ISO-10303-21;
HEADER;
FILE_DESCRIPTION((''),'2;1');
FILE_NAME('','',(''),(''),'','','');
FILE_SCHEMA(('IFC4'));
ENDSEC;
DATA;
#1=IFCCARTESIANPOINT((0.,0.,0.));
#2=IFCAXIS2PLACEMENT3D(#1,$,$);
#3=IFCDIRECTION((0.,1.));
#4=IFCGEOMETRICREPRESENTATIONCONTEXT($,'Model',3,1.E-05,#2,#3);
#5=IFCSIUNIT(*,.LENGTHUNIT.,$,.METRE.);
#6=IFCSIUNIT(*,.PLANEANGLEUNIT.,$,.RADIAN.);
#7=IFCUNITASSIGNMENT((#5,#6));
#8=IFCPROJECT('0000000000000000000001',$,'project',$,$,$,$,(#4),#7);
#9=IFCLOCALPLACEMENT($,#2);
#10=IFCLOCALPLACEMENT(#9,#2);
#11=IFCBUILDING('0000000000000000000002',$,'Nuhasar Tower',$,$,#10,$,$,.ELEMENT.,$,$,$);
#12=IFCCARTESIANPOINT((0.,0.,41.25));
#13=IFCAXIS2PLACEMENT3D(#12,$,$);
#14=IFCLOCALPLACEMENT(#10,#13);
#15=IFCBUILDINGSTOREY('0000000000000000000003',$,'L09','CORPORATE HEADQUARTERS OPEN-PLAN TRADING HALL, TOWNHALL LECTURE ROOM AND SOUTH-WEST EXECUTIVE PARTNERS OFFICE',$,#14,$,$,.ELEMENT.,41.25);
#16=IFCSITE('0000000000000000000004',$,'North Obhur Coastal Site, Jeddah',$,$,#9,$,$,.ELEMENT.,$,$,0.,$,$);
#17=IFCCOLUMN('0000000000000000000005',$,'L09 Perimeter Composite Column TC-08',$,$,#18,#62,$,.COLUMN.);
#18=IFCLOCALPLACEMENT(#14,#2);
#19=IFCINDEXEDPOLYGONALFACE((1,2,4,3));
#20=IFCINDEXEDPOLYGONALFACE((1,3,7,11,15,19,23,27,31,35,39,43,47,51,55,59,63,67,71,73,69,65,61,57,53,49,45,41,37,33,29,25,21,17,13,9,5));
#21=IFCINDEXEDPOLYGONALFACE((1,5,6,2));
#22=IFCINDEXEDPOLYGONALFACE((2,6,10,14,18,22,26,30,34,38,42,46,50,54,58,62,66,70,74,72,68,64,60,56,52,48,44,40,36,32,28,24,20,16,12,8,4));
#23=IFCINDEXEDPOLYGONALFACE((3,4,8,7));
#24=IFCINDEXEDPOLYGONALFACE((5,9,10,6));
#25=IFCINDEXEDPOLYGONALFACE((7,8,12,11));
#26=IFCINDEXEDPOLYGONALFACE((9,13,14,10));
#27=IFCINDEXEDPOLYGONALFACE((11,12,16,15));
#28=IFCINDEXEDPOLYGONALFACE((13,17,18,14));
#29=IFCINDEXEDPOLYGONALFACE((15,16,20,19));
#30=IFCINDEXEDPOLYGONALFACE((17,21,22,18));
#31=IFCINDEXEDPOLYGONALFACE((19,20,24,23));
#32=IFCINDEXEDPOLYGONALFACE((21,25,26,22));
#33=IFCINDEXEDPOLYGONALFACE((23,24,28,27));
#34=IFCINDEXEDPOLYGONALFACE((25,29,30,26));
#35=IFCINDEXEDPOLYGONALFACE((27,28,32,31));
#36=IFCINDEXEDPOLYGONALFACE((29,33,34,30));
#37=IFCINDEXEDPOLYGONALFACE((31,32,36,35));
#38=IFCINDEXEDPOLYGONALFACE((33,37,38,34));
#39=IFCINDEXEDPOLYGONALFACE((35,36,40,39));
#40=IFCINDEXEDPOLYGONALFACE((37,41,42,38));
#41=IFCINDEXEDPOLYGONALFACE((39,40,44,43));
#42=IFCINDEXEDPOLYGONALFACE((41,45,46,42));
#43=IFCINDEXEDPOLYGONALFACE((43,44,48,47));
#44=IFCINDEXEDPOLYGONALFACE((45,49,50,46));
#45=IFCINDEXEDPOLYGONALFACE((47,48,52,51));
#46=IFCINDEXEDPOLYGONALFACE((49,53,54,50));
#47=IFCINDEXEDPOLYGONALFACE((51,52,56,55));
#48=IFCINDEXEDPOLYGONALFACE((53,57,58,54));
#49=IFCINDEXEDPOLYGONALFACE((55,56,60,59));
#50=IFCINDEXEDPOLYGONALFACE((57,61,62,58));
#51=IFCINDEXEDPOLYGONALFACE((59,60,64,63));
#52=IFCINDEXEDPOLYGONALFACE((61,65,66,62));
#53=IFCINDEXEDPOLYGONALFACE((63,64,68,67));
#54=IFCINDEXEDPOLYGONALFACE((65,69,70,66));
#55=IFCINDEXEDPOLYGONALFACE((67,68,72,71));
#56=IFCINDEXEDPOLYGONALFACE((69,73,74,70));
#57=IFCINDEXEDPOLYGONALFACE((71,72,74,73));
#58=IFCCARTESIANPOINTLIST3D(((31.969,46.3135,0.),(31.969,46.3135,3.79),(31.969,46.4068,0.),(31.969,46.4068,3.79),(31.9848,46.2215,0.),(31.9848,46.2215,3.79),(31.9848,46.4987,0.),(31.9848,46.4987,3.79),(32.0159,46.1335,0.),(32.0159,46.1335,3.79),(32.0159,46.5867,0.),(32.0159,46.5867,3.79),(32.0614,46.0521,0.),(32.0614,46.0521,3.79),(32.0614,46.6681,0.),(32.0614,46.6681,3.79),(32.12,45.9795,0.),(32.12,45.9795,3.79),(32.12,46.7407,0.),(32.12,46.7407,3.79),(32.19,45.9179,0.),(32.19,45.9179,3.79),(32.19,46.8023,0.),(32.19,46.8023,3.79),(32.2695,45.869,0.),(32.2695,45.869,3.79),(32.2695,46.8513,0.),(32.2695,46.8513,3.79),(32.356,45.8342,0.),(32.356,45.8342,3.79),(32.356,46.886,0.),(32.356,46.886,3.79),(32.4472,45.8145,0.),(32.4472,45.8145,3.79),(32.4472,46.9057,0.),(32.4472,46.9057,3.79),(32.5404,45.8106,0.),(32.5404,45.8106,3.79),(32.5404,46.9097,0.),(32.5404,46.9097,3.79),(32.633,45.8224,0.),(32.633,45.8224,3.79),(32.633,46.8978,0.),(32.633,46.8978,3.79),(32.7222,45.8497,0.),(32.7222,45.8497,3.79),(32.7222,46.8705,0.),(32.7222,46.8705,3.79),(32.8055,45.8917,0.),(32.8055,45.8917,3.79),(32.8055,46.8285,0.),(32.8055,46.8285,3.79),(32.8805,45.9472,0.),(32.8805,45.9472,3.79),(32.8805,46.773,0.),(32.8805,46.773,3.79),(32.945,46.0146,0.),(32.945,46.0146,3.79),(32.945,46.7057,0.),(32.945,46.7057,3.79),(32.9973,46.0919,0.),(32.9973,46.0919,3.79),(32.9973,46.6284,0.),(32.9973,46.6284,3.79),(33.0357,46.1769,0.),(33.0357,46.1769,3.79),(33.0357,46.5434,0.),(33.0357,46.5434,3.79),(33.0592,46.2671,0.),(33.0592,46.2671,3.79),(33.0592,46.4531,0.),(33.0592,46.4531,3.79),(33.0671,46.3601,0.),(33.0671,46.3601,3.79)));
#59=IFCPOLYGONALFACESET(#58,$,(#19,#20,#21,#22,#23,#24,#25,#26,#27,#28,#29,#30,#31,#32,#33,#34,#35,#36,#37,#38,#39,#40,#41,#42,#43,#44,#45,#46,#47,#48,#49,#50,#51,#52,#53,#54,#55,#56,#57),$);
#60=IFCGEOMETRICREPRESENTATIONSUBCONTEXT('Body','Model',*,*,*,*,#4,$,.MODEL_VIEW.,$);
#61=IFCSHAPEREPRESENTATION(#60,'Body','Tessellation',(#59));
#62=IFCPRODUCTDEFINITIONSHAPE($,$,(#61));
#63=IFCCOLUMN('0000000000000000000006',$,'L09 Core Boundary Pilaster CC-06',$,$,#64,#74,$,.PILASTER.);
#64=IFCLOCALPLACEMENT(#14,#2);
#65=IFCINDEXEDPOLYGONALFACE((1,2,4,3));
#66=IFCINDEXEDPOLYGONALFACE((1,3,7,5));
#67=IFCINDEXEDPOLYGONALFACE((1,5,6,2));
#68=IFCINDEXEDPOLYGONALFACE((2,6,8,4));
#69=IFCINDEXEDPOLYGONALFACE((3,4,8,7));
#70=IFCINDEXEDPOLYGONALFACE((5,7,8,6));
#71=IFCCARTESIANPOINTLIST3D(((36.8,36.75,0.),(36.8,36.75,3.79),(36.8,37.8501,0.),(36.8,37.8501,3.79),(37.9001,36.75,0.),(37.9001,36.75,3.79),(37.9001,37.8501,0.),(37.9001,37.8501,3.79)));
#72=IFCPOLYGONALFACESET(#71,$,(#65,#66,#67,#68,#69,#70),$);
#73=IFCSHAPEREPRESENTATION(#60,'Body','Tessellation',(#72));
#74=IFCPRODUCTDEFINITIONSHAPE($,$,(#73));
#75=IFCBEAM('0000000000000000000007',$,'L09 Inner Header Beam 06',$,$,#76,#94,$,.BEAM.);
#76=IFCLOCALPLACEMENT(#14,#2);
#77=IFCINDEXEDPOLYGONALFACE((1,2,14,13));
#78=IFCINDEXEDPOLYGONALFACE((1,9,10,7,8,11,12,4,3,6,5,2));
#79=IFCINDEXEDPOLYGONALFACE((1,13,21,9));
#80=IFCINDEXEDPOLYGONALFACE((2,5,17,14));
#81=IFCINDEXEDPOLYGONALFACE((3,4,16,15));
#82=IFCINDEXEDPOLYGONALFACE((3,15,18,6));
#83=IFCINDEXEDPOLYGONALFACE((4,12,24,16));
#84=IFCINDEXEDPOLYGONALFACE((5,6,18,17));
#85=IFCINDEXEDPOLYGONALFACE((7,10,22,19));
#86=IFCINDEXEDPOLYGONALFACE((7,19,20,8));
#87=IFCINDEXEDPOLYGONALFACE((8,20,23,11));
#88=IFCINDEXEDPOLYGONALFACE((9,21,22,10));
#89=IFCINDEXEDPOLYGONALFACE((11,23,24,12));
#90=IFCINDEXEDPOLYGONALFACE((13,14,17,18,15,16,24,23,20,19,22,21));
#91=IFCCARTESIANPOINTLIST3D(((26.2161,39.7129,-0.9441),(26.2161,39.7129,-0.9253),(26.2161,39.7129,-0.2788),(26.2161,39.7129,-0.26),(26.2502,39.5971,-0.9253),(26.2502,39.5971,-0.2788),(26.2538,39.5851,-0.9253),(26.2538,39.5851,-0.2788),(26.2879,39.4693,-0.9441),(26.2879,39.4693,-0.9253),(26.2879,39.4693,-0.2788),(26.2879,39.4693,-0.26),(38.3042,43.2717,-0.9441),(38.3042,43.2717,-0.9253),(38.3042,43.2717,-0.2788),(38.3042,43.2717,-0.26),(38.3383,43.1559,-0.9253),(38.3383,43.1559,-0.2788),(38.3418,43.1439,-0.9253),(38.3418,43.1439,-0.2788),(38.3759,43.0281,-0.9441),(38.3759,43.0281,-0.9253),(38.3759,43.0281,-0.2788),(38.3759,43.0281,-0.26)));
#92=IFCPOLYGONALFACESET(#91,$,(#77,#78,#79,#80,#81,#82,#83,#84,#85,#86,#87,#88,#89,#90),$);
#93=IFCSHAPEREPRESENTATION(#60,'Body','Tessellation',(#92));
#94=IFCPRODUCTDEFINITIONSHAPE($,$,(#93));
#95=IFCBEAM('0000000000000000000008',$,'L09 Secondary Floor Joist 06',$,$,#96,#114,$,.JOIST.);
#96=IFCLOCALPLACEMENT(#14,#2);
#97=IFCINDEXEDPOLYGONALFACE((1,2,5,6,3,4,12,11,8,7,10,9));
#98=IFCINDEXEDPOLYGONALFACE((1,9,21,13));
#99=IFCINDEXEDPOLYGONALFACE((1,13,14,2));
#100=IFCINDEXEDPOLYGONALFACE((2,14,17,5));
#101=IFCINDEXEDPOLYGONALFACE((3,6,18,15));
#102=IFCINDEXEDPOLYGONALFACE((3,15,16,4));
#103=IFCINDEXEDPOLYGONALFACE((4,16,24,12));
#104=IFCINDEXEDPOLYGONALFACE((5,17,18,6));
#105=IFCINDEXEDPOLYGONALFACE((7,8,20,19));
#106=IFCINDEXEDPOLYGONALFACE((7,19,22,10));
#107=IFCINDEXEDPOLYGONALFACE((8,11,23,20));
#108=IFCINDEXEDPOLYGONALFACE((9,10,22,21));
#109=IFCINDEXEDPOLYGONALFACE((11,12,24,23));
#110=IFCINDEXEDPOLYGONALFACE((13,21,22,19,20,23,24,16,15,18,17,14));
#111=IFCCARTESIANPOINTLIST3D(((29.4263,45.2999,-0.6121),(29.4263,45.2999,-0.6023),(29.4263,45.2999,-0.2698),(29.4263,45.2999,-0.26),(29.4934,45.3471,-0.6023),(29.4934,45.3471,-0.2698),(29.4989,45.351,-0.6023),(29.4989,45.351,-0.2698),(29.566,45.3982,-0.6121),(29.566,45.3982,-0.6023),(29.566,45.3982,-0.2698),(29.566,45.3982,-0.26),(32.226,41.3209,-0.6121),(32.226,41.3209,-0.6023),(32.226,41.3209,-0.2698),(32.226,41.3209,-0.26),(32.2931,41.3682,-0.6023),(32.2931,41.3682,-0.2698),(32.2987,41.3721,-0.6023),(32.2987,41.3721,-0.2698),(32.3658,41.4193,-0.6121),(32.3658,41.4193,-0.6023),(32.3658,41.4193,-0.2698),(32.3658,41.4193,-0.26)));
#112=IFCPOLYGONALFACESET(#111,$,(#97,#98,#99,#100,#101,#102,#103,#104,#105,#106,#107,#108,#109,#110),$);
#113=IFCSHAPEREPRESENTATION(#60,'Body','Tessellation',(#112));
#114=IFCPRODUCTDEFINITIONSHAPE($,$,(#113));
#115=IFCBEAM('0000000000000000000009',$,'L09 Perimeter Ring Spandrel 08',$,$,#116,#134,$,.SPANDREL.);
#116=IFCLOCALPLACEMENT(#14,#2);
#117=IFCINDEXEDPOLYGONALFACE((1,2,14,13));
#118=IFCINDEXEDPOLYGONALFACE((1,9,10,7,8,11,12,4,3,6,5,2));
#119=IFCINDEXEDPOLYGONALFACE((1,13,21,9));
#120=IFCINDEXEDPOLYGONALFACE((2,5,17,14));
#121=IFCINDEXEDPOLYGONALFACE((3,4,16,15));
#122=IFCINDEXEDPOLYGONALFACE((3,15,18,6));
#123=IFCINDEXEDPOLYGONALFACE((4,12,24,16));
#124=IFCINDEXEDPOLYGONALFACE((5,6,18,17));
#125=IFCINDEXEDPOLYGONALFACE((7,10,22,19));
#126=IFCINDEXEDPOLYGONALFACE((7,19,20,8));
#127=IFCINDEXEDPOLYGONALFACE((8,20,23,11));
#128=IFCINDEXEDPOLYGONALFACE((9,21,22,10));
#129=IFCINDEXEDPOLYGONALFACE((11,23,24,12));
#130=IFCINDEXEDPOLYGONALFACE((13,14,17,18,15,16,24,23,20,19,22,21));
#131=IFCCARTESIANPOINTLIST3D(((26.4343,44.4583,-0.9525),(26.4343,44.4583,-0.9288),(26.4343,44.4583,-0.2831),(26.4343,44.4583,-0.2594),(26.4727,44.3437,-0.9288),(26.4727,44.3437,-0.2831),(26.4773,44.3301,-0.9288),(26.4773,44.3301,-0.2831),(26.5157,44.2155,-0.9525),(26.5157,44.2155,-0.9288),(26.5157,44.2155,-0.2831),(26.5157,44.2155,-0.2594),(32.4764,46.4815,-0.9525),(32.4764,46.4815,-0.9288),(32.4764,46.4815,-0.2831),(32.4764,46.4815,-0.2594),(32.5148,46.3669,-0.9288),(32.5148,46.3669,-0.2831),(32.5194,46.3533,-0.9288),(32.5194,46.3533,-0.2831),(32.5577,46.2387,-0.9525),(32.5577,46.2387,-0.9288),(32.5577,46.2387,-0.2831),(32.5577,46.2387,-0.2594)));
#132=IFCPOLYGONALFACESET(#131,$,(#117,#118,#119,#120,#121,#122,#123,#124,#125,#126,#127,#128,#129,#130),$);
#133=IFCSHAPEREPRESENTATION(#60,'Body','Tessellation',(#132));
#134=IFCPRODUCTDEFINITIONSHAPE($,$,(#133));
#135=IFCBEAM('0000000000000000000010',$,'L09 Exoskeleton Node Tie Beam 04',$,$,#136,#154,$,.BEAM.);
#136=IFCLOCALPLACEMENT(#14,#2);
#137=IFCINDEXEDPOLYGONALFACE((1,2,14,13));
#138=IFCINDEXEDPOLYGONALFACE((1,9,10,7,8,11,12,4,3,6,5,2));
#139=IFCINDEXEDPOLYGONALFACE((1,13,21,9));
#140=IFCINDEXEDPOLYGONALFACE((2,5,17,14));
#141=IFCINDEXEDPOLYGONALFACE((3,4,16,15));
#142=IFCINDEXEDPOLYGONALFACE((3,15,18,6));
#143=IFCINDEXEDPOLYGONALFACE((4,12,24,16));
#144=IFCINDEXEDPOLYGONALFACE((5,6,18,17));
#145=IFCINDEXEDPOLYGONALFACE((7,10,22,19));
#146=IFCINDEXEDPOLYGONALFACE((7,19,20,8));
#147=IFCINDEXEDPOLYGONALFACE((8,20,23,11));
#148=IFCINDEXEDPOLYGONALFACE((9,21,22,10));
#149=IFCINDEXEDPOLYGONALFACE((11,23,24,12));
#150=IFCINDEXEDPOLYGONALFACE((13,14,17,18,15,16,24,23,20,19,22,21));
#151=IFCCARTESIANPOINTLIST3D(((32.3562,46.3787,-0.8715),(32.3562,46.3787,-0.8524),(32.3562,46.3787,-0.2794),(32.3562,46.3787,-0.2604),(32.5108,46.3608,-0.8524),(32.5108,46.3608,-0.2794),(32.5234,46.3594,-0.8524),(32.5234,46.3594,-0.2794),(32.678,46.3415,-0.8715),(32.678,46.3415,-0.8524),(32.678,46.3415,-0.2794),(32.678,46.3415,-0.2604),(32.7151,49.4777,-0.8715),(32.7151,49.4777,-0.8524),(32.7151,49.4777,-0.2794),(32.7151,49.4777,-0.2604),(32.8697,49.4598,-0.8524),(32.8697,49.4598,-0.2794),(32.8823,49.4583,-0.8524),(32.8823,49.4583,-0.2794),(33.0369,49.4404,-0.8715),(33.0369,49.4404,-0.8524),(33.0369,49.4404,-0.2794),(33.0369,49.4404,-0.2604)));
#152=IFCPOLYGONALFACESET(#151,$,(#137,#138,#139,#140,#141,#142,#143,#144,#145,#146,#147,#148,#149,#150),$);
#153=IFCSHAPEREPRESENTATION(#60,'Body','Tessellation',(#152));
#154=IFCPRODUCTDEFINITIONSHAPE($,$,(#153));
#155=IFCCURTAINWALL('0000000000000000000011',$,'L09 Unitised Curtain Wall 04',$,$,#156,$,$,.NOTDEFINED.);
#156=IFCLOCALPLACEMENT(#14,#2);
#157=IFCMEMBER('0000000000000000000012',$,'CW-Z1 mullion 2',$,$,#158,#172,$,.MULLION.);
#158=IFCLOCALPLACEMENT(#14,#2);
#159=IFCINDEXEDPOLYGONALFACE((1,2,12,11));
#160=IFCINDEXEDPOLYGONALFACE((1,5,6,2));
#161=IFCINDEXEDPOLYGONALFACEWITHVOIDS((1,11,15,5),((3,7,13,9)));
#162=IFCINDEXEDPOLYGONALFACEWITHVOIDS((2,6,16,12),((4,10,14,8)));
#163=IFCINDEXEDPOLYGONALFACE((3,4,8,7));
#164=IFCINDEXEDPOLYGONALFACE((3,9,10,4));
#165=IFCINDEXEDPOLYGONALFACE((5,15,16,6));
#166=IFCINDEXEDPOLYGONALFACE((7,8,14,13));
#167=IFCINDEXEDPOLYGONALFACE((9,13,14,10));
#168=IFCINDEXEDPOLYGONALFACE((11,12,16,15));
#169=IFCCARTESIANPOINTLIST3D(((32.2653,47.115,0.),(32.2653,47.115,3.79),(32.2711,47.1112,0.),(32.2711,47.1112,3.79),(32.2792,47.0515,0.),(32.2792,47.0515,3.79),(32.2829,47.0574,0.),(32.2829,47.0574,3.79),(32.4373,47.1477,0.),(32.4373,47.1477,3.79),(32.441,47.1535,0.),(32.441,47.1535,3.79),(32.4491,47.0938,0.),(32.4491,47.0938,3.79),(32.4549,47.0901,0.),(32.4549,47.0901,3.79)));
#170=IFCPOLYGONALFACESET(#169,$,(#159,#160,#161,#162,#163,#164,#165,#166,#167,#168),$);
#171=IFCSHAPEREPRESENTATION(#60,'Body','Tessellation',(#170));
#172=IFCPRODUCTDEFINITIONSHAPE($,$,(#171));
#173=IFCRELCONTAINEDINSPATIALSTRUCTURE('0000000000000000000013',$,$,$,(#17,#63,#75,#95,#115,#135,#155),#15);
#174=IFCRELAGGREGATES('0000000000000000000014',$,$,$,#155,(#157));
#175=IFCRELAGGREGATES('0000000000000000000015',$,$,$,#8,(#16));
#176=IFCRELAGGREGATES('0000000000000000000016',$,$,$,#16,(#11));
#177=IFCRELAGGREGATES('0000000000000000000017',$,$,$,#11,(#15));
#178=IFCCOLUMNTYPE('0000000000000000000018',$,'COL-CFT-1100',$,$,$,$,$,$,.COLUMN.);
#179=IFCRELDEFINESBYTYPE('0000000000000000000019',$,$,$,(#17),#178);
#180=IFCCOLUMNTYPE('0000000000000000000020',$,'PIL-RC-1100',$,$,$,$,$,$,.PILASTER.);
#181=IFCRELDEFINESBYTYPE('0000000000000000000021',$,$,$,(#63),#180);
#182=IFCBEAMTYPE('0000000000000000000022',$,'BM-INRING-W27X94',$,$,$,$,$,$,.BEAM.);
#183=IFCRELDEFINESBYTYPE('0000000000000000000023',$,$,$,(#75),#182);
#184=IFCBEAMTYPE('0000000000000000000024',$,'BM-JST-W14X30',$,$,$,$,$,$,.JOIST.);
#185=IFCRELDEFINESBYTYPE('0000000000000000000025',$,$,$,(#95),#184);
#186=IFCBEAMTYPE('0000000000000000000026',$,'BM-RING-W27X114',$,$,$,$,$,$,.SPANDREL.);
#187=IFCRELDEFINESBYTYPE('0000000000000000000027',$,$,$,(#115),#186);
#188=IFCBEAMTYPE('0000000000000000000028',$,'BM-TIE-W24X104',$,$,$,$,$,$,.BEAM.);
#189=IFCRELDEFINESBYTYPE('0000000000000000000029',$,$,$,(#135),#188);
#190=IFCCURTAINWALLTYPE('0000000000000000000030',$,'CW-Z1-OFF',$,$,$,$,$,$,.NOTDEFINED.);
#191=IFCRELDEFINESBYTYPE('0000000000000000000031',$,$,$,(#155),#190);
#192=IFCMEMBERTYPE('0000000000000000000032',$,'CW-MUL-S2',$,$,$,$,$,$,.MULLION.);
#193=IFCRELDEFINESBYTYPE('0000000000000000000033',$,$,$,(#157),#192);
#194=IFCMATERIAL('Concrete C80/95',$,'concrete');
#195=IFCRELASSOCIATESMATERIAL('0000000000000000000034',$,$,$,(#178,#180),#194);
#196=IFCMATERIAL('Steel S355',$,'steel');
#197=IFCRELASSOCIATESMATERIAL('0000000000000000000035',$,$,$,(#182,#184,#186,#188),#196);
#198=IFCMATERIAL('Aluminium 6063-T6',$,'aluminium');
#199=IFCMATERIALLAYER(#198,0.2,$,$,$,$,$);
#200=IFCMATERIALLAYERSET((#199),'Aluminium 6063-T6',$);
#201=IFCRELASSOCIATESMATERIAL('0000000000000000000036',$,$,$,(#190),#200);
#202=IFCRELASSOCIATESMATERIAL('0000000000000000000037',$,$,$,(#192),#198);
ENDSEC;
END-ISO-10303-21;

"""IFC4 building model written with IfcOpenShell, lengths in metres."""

from ifc_helpers import new_model, si_unit, direction, frame, origin, origin_2d, place, context, subcontext, project, spatial, rectangle, hollow_rectangle, circle, i_section, extrude, material, layer, layer_set, material_profile, profile_set, type_object, element, aggregate, save


model = new_model("IFC4")

# Units and contexts
model_context = context("Model", 3, precision=1e-05, world=origin(), true_north=direction((0.0, 1.0)))
body_context = subcontext(model_context, "Body", "Model", "MODEL_VIEW")
ifc_project = project(units=[si_unit("LENGTHUNIT", "METRE"), si_unit("PLANEANGLEUNIT", "RADIAN")], contexts=[model_context])

# Site, building, storey
site_placement = place(None, origin())
site = spatial("IfcSite", under=ifc_project, at=site_placement, Name="North Obhur Coastal Site, Jeddah", CompositionType="ELEMENT", RefElevation=0.0)
building_placement = place(site_placement, origin())
building = spatial("IfcBuilding", under=site, at=building_placement, Name="Nuhasar Tower", CompositionType="ELEMENT")
storey_placement = place(building_placement, frame((0.0, 0.0, 41.25)))
storey = spatial("IfcBuildingStorey", under=building, at=storey_placement, Name="L09", Description="CORPORATE HEADQUARTERS OPEN-PLAN TRADING HALL, TOWNHALL LECTURE ROOM AND SOUTH-WEST EXECUTIVE PARTNERS OFFICE", CompositionType="ELEMENT", Elevation=41.25)

# Columns
ifc_material_1 = material(Name="Concrete C80/95", Category="concrete")
ifc_material_profile_1 = material_profile(ifc_material_1, circle(Radius=0.55, at=origin_2d()), Name="CFT1100")
ifc_profile_set_1 = profile_set([ifc_material_profile_1], Name="Concrete C80/95")
column_type_1 = type_object("IfcColumnType", Name="COL-CFT-1100", PredefinedType="COLUMN", material=ifc_profile_set_1)
column_1_placement = place(storey_placement, frame((32.5171, 46.3601, 0.0), z_axis=(0.0, 0.0, 1.0), x_axis=(1.0, 0.0, 0.0)))
element("IfcColumn", 1, at=column_1_placement, inside=storey, type_object=column_type_1, Name="L09 Perimeter Composite Column TC-08", PredefinedType="COLUMN", context=body_context, shape_type="SweptSolid", body=[
    extrude(circle(Radius=0.55, at=origin_2d()), origin(), (0.0, 0.0, 1.0), 3.79),
])
ifc_material_profile_2 = material_profile(ifc_material_1, rectangle(XDim=1.1001, YDim=1.1001, at=origin_2d()), Name="RC1100X1100")
ifc_profile_set_2 = profile_set([ifc_material_profile_2], Name="Concrete C80/95")
column_type_2 = type_object("IfcColumnType", Name="PIL-RC-1100", PredefinedType="PILASTER", material=ifc_profile_set_2)
column_2_placement = place(storey_placement, frame((37.3501, 37.3, 0.0), z_axis=(0.0, 0.0, 1.0), x_axis=(1.0, 0.0, 0.0)))
element("IfcColumn", 2, at=column_2_placement, inside=storey, type_object=column_type_2, Name="L09 Core Boundary Pilaster CC-06", PredefinedType="PILASTER", context=body_context, shape_type="SweptSolid", body=[
    extrude(rectangle(XDim=1.1001, YDim=1.1001, at=origin_2d()), origin(), (0.0, 0.0, 1.0), 3.79),
])

# Beams
ifc_material_2 = material(Name="Steel S355", Category="steel")
ifc_material_profile_3 = material_profile(ifc_material_2, i_section(OverallWidth=0.2539, OverallDepth=0.6841, WebThickness=0.0125, FlangeThickness=0.0188, at=origin_2d()), Name="W27X94")
ifc_profile_set_3 = profile_set([ifc_material_profile_3], Name="Steel S355")
beam_type_1 = type_object("IfcBeamType", Name="BM-INRING-W27X94", PredefinedType="BEAM", material=ifc_profile_set_3)
beam_1_placement = place(storey_placement, frame((38.3401, 43.1499, -0.6021), z_axis=(-0.95929, -0.282422, 0.0), x_axis=(0.282422, -0.95929, 0.0)))
element("IfcBeam", 3, at=beam_1_placement, inside=storey, type_object=beam_type_1, Name="L09 Inner Header Beam 06", PredefinedType="BEAM", context=body_context, shape_type="SweptSolid", body=[
    extrude(i_section(OverallWidth=0.2539, OverallDepth=0.6841, WebThickness=0.0125, FlangeThickness=0.0188, at=origin_2d()), origin(), (0.0, 0.0, 1.0), 12.6011),
])
ifc_material_profile_4 = material_profile(ifc_material_2, i_section(OverallWidth=0.1709, OverallDepth=0.3521, WebThickness=0.0068, FlangeThickness=0.0098, at=origin_2d()), Name="W14X30")
ifc_profile_set_4 = profile_set([ifc_material_profile_4], Name="Steel S355")
beam_type_2 = type_object("IfcBeamType", Name="BM-JST-W14X30", PredefinedType="JOIST", material=ifc_profile_set_4)
beam_2_placement = place(storey_placement, frame((32.2959, 41.3701, -0.436), z_axis=(-0.575461, 0.817829, 0.0), x_axis=(-0.817829, -0.575461, 0.0)))
element("IfcBeam", 4, at=beam_2_placement, inside=storey, type_object=beam_type_2, Name="L09 Secondary Floor Joist 06", PredefinedType="JOIST", context=body_context, shape_type="SweptSolid", body=[
    extrude(i_section(OverallWidth=0.1709, OverallDepth=0.3521, WebThickness=0.0068, FlangeThickness=0.0098, at=origin_2d()), origin(), (0.0, 0.0, 1.0), 4.8652),
])
ifc_material_profile_5 = material_profile(ifc_material_2, i_section(OverallWidth=0.2561, OverallDepth=0.6931, WebThickness=0.0144, FlangeThickness=0.0237, at=origin_2d()), Name="W27X114")
ifc_profile_set_5 = profile_set([ifc_material_profile_5], Name="Steel S355")
beam_type_3 = type_object("IfcBeamType", Name="BM-RING-W27X114", PredefinedType="SPANDREL", material=ifc_profile_set_5)
beam_3_placement = place(storey_placement, frame((32.5171, 46.3601, -0.606), z_axis=(-0.948249, -0.317526, 0.0), x_axis=(0.317526, -0.948249, 0.0)))
element("IfcBeam", 5, at=beam_3_placement, inside=storey, type_object=beam_type_3, Name="L09 Perimeter Ring Spandrel 08", PredefinedType="SPANDREL", context=body_context, shape_type="SweptSolid", body=[
    extrude(i_section(OverallWidth=0.2561, OverallDepth=0.6931, WebThickness=0.0144, FlangeThickness=0.0237, at=origin_2d()), origin(), (0.0, 0.0, 1.0), 6.3718),
])
ifc_material_profile_6 = material_profile(ifc_material_2, i_section(OverallWidth=0.324, OverallDepth=0.6111, WebThickness=0.0127, FlangeThickness=0.019, at=origin_2d()), Name="W24X104")
ifc_profile_set_6 = profile_set([ifc_material_profile_6], Name="Steel S355")
beam_type_4 = type_object("IfcBeamType", Name="BM-TIE-W24X104", PredefinedType="BEAM", material=ifc_profile_set_6)
beam_4_placement = place(storey_placement, frame((32.5171, 46.3601, -0.5659), z_axis=(0.115043, 0.993361, 0.0), x_axis=(-0.993361, 0.115043, 0.0)))
element("IfcBeam", 6, at=beam_4_placement, inside=storey, type_object=beam_type_4, Name="L09 Exoskeleton Node Tie Beam 04", PredefinedType="BEAM", context=body_context, shape_type="SweptSolid", body=[
    extrude(i_section(OverallWidth=0.324, OverallDepth=0.6111, WebThickness=0.0127, FlangeThickness=0.019, at=origin_2d()), origin(), (0.0, 0.0, 1.0), 3.1196),
])

# Curtain wall, member
ifc_material_3 = material(Name="Aluminium 6063-T6", Category="aluminium")
ifc_layer_1 = layer(ifc_material_3, 0.2)
ifc_layer_set_1 = layer_set([ifc_layer_1], Name="Aluminium 6063-T6")
curtain_wall_type = type_object("IfcCurtainWallType", Name="CW-Z1-OFF", PredefinedType="NOTDEFINED", material=ifc_layer_set_1)
curtain_wall_placement = place(storey_placement, origin())
curtain_wall = element("IfcCurtainWall", 7, at=curtain_wall_placement, inside=storey, type_object=curtain_wall_type, Name="L09 Unitised Curtain Wall 04", PredefinedType="NOTDEFINED")
ifc_material_profile_7 = material_profile(ifc_material_3, hollow_rectangle(XDim=0.0649, YDim=0.1799, WallThickness=0.0049, at=origin_2d()), Name="CWM-2")
ifc_profile_set_7 = profile_set([ifc_material_profile_7], Name="Aluminium 6063-T6")
member_type_1 = type_object("IfcMemberType", Name="CW-MUL-S2", PredefinedType="MULLION", material=ifc_profile_set_7)
member_1_placement = place(storey_placement, frame((32.3601, 47.1025, 0.0), z_axis=(0.0, 0.0, 1.0), x_axis=(0.214399, -0.976746, 0.0)))
member_1 = element("IfcMember", 8, at=member_1_placement, type_object=member_type_1, Name="CW-Z1 mullion 2", PredefinedType="MULLION", context=body_context, shape_type="SweptSolid", body=[
    extrude(hollow_rectangle(XDim=0.0649, YDim=0.1799, WallThickness=0.0049, at=origin_2d()), origin(), (0.0, 0.0, 1.0), 3.79),
])

aggregate(curtain_wall, [member_1])

save(model, "model.ifc")
